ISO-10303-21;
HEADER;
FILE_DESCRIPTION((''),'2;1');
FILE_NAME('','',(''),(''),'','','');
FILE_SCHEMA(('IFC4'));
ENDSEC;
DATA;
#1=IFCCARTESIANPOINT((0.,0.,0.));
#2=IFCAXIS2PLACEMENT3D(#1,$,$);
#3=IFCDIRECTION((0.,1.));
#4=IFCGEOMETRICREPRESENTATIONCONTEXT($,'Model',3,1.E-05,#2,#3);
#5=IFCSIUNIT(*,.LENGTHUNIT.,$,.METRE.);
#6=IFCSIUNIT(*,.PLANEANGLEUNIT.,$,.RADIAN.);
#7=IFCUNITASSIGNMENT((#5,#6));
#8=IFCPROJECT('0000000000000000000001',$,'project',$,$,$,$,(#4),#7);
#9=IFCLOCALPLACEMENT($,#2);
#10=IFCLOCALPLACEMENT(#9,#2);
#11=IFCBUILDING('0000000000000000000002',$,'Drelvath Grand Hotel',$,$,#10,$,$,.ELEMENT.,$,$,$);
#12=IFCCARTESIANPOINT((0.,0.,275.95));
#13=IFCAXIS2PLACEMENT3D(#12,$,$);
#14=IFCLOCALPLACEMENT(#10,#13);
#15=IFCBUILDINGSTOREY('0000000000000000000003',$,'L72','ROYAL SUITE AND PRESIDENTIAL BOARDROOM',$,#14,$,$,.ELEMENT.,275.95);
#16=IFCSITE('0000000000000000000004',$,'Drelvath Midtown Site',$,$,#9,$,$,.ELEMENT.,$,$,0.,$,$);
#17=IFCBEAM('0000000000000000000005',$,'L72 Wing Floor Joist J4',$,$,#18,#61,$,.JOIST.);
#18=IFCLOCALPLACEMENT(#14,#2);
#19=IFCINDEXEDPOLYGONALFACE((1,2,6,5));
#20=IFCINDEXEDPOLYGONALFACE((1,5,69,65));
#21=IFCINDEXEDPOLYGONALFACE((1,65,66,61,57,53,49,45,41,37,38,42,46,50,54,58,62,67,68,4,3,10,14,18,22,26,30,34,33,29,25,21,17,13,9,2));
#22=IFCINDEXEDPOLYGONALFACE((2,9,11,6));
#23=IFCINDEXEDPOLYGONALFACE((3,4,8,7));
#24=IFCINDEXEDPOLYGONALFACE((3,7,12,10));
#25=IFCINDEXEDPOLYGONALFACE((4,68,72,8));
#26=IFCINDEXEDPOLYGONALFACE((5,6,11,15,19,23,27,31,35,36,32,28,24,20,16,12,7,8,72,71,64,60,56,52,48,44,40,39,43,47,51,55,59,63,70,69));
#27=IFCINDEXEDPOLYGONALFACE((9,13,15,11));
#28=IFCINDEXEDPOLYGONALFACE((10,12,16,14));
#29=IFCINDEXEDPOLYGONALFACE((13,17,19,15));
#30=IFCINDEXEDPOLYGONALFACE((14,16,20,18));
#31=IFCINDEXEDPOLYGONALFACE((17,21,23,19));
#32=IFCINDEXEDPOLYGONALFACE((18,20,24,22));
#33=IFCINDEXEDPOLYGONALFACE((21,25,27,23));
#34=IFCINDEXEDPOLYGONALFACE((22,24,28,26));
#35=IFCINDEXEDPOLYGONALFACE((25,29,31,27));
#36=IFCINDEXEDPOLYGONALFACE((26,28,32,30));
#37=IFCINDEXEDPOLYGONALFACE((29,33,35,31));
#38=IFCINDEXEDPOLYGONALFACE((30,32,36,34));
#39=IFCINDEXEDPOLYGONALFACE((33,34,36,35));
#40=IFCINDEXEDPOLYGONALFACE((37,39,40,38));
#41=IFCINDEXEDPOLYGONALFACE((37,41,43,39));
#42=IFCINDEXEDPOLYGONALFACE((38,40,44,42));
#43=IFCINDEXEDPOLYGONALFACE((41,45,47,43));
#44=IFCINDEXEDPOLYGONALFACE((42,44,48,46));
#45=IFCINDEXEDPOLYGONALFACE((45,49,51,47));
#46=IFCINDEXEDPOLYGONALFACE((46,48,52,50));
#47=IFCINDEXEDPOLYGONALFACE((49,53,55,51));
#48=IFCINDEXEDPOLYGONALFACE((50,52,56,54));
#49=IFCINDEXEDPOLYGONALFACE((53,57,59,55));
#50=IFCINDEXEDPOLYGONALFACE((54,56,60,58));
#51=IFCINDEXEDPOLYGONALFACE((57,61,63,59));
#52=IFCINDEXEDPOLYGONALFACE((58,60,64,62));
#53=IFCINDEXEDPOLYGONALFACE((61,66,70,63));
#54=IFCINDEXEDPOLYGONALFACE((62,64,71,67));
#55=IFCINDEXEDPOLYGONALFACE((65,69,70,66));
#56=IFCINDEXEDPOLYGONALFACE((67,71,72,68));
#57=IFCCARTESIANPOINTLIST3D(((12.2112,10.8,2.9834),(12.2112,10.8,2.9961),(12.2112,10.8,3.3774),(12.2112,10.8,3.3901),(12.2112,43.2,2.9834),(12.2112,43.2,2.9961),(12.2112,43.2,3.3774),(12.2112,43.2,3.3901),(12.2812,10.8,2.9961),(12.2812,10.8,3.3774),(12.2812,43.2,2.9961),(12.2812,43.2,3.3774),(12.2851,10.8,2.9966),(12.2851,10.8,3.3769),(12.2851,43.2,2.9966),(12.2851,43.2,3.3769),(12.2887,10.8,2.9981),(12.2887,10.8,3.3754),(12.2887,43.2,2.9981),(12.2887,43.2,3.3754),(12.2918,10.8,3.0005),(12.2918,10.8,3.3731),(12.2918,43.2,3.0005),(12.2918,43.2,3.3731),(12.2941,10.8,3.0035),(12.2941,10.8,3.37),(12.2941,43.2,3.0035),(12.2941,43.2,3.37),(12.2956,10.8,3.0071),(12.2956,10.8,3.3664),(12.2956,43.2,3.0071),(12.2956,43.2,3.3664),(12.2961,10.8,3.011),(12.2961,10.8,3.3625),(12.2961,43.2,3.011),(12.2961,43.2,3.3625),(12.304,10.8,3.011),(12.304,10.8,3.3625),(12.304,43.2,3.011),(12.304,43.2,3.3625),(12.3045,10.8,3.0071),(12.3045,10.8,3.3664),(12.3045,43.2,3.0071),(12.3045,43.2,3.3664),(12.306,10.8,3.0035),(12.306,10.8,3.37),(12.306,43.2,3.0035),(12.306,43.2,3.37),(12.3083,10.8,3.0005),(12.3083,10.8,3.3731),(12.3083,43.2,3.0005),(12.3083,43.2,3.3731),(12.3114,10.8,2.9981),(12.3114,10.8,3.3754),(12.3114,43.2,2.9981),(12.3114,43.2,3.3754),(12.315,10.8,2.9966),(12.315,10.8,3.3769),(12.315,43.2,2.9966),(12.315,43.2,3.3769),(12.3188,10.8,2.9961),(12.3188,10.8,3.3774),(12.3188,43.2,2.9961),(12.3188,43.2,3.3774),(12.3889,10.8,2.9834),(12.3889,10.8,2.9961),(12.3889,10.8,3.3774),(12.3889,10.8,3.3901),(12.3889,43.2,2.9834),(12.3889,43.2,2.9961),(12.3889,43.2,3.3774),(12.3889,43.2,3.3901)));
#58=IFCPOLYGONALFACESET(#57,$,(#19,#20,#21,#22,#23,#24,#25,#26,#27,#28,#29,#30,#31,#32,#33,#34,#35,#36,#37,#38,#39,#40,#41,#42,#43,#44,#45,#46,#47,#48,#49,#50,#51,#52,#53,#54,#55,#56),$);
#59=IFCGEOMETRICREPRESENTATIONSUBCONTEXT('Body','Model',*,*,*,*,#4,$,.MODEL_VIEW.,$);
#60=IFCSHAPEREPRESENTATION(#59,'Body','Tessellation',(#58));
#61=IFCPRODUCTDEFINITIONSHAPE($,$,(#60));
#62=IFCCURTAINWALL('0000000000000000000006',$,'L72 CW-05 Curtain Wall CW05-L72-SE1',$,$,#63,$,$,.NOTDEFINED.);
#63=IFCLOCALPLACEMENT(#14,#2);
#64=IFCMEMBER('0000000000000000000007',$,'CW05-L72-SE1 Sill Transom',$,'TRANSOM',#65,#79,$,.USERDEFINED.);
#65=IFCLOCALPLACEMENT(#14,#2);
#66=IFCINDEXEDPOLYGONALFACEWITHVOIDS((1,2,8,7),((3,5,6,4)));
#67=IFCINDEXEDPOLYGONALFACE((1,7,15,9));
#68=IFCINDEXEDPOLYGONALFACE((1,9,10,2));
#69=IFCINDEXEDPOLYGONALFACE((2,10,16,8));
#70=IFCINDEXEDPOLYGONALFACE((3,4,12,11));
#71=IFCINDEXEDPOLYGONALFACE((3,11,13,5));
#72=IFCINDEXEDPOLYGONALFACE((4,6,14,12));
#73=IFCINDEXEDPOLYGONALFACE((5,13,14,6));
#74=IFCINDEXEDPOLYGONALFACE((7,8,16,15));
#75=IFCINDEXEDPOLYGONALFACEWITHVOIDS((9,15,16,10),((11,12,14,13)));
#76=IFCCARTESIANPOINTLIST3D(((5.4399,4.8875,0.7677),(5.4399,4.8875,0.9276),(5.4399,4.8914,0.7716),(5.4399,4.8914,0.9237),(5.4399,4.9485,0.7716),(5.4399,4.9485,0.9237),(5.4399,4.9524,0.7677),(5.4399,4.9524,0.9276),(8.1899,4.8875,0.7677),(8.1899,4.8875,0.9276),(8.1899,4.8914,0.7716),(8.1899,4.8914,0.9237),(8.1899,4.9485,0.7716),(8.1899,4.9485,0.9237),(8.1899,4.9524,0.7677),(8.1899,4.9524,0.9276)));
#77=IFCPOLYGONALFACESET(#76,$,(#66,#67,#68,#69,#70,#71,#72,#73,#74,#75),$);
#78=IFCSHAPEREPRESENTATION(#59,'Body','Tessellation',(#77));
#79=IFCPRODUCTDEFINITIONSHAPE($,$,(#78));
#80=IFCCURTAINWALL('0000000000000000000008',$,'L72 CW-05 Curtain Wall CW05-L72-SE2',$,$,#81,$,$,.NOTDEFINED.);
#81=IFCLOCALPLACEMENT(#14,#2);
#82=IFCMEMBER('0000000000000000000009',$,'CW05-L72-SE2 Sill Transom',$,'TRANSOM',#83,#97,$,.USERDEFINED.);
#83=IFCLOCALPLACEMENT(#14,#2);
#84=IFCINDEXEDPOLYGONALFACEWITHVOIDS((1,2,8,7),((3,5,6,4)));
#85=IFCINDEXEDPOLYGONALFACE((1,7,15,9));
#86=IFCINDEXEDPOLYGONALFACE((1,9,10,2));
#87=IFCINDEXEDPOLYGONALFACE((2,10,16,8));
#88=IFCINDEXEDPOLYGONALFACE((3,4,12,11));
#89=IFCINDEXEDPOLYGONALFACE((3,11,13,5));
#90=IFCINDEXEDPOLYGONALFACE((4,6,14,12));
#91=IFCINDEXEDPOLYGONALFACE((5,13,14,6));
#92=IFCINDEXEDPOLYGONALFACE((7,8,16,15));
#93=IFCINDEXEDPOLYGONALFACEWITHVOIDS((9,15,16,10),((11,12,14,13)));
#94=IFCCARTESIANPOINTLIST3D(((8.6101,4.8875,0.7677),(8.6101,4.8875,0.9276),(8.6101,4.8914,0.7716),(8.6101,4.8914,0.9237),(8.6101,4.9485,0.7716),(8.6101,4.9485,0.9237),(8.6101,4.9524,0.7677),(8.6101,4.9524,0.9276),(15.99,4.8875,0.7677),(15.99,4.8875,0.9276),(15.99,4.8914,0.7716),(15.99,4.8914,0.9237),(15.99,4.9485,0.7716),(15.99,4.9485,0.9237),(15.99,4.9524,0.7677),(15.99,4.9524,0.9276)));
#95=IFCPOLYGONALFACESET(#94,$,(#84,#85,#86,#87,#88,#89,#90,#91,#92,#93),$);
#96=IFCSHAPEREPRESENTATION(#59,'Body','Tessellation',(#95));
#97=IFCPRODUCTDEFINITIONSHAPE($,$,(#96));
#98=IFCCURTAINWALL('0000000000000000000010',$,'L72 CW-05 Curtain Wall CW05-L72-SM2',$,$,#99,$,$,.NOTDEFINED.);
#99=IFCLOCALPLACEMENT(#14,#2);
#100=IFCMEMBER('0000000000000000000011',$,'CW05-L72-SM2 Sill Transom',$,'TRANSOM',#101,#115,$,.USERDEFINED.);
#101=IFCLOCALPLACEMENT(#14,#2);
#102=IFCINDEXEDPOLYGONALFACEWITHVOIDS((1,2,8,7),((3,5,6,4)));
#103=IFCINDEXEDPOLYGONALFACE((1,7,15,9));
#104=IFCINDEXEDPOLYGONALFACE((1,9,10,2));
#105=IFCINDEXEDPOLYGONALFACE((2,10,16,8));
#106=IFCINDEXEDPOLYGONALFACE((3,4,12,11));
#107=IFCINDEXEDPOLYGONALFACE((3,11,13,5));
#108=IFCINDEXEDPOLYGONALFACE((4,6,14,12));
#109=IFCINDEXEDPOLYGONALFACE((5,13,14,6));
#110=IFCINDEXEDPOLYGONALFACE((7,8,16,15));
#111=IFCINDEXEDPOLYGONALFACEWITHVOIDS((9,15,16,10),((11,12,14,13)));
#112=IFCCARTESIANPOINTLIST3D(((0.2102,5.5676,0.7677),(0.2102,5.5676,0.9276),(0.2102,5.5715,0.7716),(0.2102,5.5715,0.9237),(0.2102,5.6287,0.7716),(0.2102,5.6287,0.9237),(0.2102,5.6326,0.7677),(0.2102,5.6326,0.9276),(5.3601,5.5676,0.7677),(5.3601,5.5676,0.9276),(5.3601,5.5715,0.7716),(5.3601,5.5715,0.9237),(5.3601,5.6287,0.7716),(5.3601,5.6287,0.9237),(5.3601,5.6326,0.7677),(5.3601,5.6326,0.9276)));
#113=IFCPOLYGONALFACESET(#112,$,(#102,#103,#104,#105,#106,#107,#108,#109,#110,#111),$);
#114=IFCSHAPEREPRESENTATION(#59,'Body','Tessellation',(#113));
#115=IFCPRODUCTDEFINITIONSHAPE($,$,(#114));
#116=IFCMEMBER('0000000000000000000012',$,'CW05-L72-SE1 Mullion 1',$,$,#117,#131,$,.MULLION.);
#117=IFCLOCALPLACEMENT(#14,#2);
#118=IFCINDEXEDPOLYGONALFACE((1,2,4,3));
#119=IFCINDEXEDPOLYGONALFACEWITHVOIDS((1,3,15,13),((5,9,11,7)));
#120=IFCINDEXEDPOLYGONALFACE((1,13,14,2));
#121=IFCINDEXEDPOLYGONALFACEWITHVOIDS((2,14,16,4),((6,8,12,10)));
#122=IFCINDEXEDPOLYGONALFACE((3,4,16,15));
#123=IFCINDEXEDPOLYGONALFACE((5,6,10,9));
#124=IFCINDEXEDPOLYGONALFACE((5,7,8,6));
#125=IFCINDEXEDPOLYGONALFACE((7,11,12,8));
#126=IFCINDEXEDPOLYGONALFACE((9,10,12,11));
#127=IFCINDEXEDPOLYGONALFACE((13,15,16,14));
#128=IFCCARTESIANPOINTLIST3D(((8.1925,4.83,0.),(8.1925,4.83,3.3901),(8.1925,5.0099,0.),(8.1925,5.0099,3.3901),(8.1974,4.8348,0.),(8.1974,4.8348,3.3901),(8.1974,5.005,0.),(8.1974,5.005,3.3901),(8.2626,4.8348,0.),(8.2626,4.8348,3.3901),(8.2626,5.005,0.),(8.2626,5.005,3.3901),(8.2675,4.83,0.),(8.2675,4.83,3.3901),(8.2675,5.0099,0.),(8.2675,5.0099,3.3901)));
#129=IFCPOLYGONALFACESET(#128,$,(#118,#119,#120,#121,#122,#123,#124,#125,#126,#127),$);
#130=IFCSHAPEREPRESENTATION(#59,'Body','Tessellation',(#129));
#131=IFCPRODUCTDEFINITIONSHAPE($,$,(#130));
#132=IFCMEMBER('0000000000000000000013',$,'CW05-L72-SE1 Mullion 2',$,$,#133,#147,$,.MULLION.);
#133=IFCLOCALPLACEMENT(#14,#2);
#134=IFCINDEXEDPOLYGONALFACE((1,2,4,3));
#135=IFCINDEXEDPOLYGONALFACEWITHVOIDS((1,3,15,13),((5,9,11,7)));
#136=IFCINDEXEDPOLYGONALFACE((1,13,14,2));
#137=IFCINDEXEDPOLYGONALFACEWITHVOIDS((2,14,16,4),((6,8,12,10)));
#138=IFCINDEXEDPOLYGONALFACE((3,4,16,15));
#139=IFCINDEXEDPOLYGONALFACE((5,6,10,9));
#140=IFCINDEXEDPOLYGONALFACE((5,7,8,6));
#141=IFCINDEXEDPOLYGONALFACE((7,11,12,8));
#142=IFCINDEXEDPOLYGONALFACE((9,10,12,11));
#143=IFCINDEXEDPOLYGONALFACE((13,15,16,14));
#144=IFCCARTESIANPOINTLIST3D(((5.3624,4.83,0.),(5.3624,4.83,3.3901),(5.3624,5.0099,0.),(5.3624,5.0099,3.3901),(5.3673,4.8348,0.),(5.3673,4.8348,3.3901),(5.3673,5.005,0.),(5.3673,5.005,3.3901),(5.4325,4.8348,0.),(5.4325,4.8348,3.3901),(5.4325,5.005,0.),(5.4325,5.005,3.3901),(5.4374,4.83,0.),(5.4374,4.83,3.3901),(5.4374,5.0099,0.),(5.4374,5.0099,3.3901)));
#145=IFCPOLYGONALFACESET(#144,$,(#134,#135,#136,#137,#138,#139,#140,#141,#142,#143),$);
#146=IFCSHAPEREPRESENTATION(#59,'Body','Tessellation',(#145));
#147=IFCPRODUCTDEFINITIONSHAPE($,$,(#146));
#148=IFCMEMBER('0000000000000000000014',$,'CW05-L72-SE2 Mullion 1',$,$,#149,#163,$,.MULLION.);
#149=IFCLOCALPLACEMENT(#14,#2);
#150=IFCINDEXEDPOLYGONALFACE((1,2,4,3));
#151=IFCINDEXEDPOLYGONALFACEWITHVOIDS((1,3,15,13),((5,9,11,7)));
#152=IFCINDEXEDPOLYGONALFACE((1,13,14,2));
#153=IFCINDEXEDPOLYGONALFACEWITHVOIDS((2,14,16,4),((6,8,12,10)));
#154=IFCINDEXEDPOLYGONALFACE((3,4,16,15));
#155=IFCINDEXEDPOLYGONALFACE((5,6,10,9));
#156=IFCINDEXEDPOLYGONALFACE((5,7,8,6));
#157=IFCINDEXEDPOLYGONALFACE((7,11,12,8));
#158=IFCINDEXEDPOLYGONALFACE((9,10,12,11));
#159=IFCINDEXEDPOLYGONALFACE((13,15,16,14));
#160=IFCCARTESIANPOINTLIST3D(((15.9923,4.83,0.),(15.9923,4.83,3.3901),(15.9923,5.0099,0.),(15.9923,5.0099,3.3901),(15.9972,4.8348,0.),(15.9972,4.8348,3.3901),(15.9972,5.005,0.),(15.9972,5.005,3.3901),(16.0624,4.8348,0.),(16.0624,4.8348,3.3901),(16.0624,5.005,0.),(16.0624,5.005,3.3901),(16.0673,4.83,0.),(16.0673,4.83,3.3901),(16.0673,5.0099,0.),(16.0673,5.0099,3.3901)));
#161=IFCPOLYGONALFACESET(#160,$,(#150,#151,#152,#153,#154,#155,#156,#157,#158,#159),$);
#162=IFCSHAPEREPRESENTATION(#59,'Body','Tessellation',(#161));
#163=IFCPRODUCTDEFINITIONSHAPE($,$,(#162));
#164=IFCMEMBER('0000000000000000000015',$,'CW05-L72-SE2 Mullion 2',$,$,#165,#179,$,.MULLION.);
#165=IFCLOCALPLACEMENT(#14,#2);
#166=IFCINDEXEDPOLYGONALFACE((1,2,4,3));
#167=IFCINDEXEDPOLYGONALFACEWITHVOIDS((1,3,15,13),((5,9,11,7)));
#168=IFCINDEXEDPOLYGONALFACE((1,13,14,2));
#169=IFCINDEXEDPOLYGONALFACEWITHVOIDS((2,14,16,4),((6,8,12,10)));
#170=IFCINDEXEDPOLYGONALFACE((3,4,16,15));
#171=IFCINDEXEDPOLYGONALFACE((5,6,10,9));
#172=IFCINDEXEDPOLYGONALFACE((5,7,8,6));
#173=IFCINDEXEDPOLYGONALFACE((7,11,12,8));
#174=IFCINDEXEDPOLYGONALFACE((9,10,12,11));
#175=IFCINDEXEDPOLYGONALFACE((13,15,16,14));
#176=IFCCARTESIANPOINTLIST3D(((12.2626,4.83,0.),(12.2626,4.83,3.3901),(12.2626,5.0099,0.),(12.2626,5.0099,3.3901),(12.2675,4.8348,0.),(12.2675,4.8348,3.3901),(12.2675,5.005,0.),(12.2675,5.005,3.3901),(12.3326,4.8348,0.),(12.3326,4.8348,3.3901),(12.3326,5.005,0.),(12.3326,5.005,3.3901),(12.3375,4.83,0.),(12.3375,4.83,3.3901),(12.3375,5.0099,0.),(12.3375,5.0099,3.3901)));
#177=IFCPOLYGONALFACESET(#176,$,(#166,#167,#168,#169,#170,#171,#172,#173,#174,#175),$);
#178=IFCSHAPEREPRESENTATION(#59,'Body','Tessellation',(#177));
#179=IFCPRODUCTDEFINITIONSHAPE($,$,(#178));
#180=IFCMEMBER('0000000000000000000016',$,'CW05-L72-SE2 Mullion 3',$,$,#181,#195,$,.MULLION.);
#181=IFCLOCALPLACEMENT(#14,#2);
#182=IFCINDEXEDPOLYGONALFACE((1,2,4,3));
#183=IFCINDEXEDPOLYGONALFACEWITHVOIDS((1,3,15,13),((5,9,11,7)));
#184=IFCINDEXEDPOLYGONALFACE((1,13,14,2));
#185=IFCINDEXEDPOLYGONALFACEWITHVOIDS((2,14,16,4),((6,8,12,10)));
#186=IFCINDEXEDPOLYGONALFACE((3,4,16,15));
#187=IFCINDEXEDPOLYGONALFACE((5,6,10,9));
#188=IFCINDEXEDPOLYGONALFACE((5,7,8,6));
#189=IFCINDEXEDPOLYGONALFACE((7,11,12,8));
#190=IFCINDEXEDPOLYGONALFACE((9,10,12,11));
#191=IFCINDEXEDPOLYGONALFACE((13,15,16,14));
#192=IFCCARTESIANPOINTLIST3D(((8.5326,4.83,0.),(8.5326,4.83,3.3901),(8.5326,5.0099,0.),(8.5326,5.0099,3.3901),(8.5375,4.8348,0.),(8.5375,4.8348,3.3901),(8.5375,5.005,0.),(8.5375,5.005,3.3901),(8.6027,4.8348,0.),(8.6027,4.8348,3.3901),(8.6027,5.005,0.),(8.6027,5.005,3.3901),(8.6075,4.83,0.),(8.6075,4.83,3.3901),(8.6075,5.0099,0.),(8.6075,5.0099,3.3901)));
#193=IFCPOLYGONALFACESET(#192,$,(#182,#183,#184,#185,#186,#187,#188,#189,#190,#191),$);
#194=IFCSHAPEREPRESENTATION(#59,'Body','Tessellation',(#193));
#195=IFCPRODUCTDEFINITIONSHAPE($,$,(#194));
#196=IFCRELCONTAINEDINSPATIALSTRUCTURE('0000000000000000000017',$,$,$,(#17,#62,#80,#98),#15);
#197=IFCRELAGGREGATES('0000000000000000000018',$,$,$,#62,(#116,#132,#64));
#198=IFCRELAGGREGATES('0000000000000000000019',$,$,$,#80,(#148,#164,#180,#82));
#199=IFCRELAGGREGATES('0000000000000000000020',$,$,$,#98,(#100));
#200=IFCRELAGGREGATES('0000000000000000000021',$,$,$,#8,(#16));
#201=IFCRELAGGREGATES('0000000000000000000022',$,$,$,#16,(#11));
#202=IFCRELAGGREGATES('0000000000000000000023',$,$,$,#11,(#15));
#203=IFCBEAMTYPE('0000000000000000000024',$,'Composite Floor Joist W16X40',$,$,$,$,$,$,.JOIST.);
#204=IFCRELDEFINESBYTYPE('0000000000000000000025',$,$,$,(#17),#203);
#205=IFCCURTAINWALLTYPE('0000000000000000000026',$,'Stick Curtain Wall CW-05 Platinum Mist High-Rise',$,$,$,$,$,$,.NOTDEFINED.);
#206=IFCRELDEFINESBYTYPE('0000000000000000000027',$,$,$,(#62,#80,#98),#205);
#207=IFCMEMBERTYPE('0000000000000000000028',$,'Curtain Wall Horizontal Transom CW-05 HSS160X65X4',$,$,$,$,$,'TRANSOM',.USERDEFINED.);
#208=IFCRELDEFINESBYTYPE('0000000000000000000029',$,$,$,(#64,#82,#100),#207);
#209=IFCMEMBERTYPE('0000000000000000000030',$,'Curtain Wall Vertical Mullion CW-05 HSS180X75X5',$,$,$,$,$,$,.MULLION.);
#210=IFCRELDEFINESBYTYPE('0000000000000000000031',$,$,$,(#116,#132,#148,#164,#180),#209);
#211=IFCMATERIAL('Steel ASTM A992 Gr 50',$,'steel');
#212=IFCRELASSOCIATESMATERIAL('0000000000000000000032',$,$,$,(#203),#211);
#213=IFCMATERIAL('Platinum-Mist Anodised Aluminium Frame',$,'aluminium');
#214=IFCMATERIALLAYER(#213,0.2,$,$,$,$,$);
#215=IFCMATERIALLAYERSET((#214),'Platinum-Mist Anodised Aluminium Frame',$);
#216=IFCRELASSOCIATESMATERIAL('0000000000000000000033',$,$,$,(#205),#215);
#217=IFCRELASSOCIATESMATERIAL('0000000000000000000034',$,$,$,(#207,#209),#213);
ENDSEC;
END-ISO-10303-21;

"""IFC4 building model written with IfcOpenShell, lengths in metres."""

from ifc_helpers import new_model, si_unit, direction, frame, origin, origin_2d, place, context, subcontext, project, spatial, hollow_rectangle, i_section, extrude, material, layer, layer_set, material_profile, profile_set, type_object, element, aggregate, save


model = new_model("IFC4")

# Units and contexts
model_context = context("Model", 3, precision=1e-05, world=origin(), true_north=direction((0.0, 1.0)))
body_context = subcontext(model_context, "Body", "Model", "MODEL_VIEW")
ifc_project = project(units=[si_unit("LENGTHUNIT", "METRE"), si_unit("PLANEANGLEUNIT", "RADIAN")], contexts=[model_context])

# Site, building, storey
site_placement = place(None, origin())
site = spatial("IfcSite", under=ifc_project, at=site_placement, Name="Drelvath Midtown Site", CompositionType="ELEMENT", RefElevation=0.0)
building_placement = place(site_placement, origin())
building = spatial("IfcBuilding", under=site, at=building_placement, Name="Drelvath Grand Hotel", CompositionType="ELEMENT")
storey_placement = place(building_placement, frame((0.0, 0.0, 275.95)))
storey = spatial("IfcBuildingStorey", under=building, at=storey_placement, Name="L72", Description="ROYAL SUITE AND PRESIDENTIAL BOARDROOM", CompositionType="ELEMENT", Elevation=275.95)

# Beam
ifc_material_1 = material(Name="Steel ASTM A992 Gr 50", Category="steel")
ifc_material_profile_1 = material_profile(ifc_material_1, i_section(OverallWidth=0.1777, OverallDepth=0.4067, WebThickness=0.0078, FlangeThickness=0.0127, FilletRadius=0.0149, at=origin_2d()), Name="W16X40")
ifc_profile_set_1 = profile_set([ifc_material_profile_1], Name="Steel ASTM A992 Gr 50")
beam_type_1 = type_object("IfcBeamType", Name="Composite Floor Joist W16X40", PredefinedType="JOIST", material=ifc_profile_set_1)
beam_1_placement = place(storey_placement, frame((12.3, 10.8, 3.1868), z_axis=(0.0, 1.0, 0.0), x_axis=(-1.0, 0.0, 0.0)))
element("IfcBeam", 1, at=beam_1_placement, inside=storey, type_object=beam_type_1, Name="L72 Wing Floor Joist J4", PredefinedType="JOIST", context=body_context, shape_type="SweptSolid", body=[
    extrude(i_section(OverallWidth=0.1777, OverallDepth=0.4067, WebThickness=0.0078, FlangeThickness=0.0127, FilletRadius=0.0149, at=origin_2d()), origin(), (0.0, 0.0, 1.0), 32.3999),
])

# Curtain walls, members
ifc_material_2 = material(Name="Platinum-Mist Anodised Aluminium Frame", Category="aluminium")
ifc_layer_1 = layer(ifc_material_2, 0.2)
ifc_layer_set_1 = layer_set([ifc_layer_1], Name="Platinum-Mist Anodised Aluminium Frame")
curtain_wall_type = type_object("IfcCurtainWallType", Name="Stick Curtain Wall CW-05 Platinum Mist High-Rise", PredefinedType="NOTDEFINED", material=ifc_layer_set_1)
curtain_wall_1_placement = place(storey_placement, origin())
curtain_wall_1 = element("IfcCurtainWall", 2, at=curtain_wall_1_placement, inside=storey, type_object=curtain_wall_type, Name="L72 CW-05 Curtain Wall CW05-L72-SE1", PredefinedType="NOTDEFINED")
ifc_material_profile_2 = material_profile(ifc_material_2, hollow_rectangle(XDim=0.0649, YDim=0.1599, WallThickness=0.0039, at=origin_2d()), Name="HSS160X65X4")
ifc_profile_set_2 = profile_set([ifc_material_profile_2], Name="Platinum-Mist Anodised Aluminium Frame")
member_type_1 = type_object("IfcMemberType", Name="Curtain Wall Horizontal Transom CW-05 HSS160X65X4", ElementType="TRANSOM", PredefinedType="USERDEFINED", material=ifc_profile_set_2)
member_1_placement = place(storey_placement, frame((8.1899, 4.9199, 0.8477), z_axis=(-1.0, 0.0, 0.0), x_axis=(0.0, -1.0, 0.0)))
member_1 = element("IfcMember", 3, at=member_1_placement, type_object=member_type_1, Name="CW05-L72-SE1 Sill Transom", ObjectType="TRANSOM", PredefinedType="USERDEFINED", context=body_context, shape_type="SweptSolid", body=[
    extrude(hollow_rectangle(XDim=0.0649, YDim=0.1599, WallThickness=0.0039, at=origin_2d()), origin(), (0.0, 0.0, 1.0), 2.75),
])
curtain_wall_2_placement = place(storey_placement, origin())
curtain_wall_2 = element("IfcCurtainWall", 4, at=curtain_wall_2_placement, inside=storey, type_object=curtain_wall_type, Name="L72 CW-05 Curtain Wall CW05-L72-SE2", PredefinedType="NOTDEFINED")
member_2_placement = place(storey_placement, frame((15.99, 4.9199, 0.8477), z_axis=(-1.0, 0.0, 0.0), x_axis=(0.0, -1.0, 0.0)))
member_2 = element("IfcMember", 5, at=member_2_placement, type_object=member_type_1, Name="CW05-L72-SE2 Sill Transom", ObjectType="TRANSOM", PredefinedType="USERDEFINED", context=body_context, shape_type="SweptSolid", body=[
    extrude(hollow_rectangle(XDim=0.0649, YDim=0.1599, WallThickness=0.0039, at=origin_2d()), origin(), (0.0, 0.0, 1.0), 7.3799),
])
curtain_wall_3_placement = place(storey_placement, origin())
curtain_wall_3 = element("IfcCurtainWall", 6, at=curtain_wall_3_placement, inside=storey, type_object=curtain_wall_type, Name="L72 CW-05 Curtain Wall CW05-L72-SM2", PredefinedType="NOTDEFINED")
member_3_placement = place(storey_placement, frame((5.3601, 5.6001, 0.8477), z_axis=(-1.0, 0.0, 0.0), x_axis=(0.0, -1.0, 0.0)))
member_3 = element("IfcMember", 7, at=member_3_placement, type_object=member_type_1, Name="CW05-L72-SM2 Sill Transom", ObjectType="TRANSOM", PredefinedType="USERDEFINED", context=body_context, shape_type="SweptSolid", body=[
    extrude(hollow_rectangle(XDim=0.0649, YDim=0.1599, WallThickness=0.0039, at=origin_2d()), origin(), (0.0, 0.0, 1.0), 5.1499),
])

# Members
ifc_material_profile_3 = material_profile(ifc_material_2, hollow_rectangle(XDim=0.075, YDim=0.1799, WallThickness=0.0049, at=origin_2d()), Name="HSS180X75X5")
ifc_profile_set_3 = profile_set([ifc_material_profile_3], Name="Platinum-Mist Anodised Aluminium Frame")
member_type_2 = type_object("IfcMemberType", Name="Curtain Wall Vertical Mullion CW-05 HSS180X75X5", PredefinedType="MULLION", material=ifc_profile_set_3)
member_4_placement = place(storey_placement, frame((8.23, 4.9199, 0.0), z_axis=(0.0, 0.0, 1.0), x_axis=(1.0, 0.0, 0.0)))
member_4 = element("IfcMember", 8, at=member_4_placement, type_object=member_type_2, Name="CW05-L72-SE1 Mullion 1", PredefinedType="MULLION", context=body_context, shape_type="SweptSolid", body=[
    extrude(hollow_rectangle(XDim=0.075, YDim=0.1799, WallThickness=0.0049, at=origin_2d()), origin(), (0.0, 0.0, 1.0), 3.3901),
])
member_5_placement = place(storey_placement, frame((5.3999, 4.9199, 0.0), z_axis=(0.0, 0.0, 1.0), x_axis=(1.0, 0.0, 0.0)))
member_5 = element("IfcMember", 9, at=member_5_placement, type_object=member_type_2, Name="CW05-L72-SE1 Mullion 2", PredefinedType="MULLION", context=body_context, shape_type="SweptSolid", body=[
    extrude(hollow_rectangle(XDim=0.075, YDim=0.1799, WallThickness=0.0049, at=origin_2d()), origin(), (0.0, 0.0, 1.0), 3.3901),
])
member_6_placement = place(storey_placement, frame((16.0298, 4.9199, 0.0), z_axis=(0.0, 0.0, 1.0), x_axis=(1.0, 0.0, 0.0)))
member_6 = element("IfcMember", 10, at=member_6_placement, type_object=member_type_2, Name="CW05-L72-SE2 Mullion 1", PredefinedType="MULLION", context=body_context, shape_type="SweptSolid", body=[
    extrude(hollow_rectangle(XDim=0.075, YDim=0.1799, WallThickness=0.0049, at=origin_2d()), origin(), (0.0, 0.0, 1.0), 3.3901),
])
member_7_placement = place(storey_placement, frame((12.3, 4.9199, 0.0), z_axis=(0.0, 0.0, 1.0), x_axis=(1.0, 0.0, 0.0)))
member_7 = element("IfcMember", 11, at=member_7_placement, type_object=member_type_2, Name="CW05-L72-SE2 Mullion 2", PredefinedType="MULLION", context=body_context, shape_type="SweptSolid", body=[
    extrude(hollow_rectangle(XDim=0.075, YDim=0.1799, WallThickness=0.0049, at=origin_2d()), origin(), (0.0, 0.0, 1.0), 3.3901),
])
member_8_placement = place(storey_placement, frame((8.5701, 4.9199, 0.0), z_axis=(0.0, 0.0, 1.0), x_axis=(1.0, 0.0, 0.0)))
member_8 = element("IfcMember", 12, at=member_8_placement, type_object=member_type_2, Name="CW05-L72-SE2 Mullion 3", PredefinedType="MULLION", context=body_context, shape_type="SweptSolid", body=[
    extrude(hollow_rectangle(XDim=0.075, YDim=0.1799, WallThickness=0.0049, at=origin_2d()), origin(), (0.0, 0.0, 1.0), 3.3901),
])

aggregate(curtain_wall_1, [member_4, member_5, member_1])
aggregate(curtain_wall_2, [member_6, member_7, member_8, member_2])
aggregate(curtain_wall_3, [member_3])

save(model, "model.ifc")
